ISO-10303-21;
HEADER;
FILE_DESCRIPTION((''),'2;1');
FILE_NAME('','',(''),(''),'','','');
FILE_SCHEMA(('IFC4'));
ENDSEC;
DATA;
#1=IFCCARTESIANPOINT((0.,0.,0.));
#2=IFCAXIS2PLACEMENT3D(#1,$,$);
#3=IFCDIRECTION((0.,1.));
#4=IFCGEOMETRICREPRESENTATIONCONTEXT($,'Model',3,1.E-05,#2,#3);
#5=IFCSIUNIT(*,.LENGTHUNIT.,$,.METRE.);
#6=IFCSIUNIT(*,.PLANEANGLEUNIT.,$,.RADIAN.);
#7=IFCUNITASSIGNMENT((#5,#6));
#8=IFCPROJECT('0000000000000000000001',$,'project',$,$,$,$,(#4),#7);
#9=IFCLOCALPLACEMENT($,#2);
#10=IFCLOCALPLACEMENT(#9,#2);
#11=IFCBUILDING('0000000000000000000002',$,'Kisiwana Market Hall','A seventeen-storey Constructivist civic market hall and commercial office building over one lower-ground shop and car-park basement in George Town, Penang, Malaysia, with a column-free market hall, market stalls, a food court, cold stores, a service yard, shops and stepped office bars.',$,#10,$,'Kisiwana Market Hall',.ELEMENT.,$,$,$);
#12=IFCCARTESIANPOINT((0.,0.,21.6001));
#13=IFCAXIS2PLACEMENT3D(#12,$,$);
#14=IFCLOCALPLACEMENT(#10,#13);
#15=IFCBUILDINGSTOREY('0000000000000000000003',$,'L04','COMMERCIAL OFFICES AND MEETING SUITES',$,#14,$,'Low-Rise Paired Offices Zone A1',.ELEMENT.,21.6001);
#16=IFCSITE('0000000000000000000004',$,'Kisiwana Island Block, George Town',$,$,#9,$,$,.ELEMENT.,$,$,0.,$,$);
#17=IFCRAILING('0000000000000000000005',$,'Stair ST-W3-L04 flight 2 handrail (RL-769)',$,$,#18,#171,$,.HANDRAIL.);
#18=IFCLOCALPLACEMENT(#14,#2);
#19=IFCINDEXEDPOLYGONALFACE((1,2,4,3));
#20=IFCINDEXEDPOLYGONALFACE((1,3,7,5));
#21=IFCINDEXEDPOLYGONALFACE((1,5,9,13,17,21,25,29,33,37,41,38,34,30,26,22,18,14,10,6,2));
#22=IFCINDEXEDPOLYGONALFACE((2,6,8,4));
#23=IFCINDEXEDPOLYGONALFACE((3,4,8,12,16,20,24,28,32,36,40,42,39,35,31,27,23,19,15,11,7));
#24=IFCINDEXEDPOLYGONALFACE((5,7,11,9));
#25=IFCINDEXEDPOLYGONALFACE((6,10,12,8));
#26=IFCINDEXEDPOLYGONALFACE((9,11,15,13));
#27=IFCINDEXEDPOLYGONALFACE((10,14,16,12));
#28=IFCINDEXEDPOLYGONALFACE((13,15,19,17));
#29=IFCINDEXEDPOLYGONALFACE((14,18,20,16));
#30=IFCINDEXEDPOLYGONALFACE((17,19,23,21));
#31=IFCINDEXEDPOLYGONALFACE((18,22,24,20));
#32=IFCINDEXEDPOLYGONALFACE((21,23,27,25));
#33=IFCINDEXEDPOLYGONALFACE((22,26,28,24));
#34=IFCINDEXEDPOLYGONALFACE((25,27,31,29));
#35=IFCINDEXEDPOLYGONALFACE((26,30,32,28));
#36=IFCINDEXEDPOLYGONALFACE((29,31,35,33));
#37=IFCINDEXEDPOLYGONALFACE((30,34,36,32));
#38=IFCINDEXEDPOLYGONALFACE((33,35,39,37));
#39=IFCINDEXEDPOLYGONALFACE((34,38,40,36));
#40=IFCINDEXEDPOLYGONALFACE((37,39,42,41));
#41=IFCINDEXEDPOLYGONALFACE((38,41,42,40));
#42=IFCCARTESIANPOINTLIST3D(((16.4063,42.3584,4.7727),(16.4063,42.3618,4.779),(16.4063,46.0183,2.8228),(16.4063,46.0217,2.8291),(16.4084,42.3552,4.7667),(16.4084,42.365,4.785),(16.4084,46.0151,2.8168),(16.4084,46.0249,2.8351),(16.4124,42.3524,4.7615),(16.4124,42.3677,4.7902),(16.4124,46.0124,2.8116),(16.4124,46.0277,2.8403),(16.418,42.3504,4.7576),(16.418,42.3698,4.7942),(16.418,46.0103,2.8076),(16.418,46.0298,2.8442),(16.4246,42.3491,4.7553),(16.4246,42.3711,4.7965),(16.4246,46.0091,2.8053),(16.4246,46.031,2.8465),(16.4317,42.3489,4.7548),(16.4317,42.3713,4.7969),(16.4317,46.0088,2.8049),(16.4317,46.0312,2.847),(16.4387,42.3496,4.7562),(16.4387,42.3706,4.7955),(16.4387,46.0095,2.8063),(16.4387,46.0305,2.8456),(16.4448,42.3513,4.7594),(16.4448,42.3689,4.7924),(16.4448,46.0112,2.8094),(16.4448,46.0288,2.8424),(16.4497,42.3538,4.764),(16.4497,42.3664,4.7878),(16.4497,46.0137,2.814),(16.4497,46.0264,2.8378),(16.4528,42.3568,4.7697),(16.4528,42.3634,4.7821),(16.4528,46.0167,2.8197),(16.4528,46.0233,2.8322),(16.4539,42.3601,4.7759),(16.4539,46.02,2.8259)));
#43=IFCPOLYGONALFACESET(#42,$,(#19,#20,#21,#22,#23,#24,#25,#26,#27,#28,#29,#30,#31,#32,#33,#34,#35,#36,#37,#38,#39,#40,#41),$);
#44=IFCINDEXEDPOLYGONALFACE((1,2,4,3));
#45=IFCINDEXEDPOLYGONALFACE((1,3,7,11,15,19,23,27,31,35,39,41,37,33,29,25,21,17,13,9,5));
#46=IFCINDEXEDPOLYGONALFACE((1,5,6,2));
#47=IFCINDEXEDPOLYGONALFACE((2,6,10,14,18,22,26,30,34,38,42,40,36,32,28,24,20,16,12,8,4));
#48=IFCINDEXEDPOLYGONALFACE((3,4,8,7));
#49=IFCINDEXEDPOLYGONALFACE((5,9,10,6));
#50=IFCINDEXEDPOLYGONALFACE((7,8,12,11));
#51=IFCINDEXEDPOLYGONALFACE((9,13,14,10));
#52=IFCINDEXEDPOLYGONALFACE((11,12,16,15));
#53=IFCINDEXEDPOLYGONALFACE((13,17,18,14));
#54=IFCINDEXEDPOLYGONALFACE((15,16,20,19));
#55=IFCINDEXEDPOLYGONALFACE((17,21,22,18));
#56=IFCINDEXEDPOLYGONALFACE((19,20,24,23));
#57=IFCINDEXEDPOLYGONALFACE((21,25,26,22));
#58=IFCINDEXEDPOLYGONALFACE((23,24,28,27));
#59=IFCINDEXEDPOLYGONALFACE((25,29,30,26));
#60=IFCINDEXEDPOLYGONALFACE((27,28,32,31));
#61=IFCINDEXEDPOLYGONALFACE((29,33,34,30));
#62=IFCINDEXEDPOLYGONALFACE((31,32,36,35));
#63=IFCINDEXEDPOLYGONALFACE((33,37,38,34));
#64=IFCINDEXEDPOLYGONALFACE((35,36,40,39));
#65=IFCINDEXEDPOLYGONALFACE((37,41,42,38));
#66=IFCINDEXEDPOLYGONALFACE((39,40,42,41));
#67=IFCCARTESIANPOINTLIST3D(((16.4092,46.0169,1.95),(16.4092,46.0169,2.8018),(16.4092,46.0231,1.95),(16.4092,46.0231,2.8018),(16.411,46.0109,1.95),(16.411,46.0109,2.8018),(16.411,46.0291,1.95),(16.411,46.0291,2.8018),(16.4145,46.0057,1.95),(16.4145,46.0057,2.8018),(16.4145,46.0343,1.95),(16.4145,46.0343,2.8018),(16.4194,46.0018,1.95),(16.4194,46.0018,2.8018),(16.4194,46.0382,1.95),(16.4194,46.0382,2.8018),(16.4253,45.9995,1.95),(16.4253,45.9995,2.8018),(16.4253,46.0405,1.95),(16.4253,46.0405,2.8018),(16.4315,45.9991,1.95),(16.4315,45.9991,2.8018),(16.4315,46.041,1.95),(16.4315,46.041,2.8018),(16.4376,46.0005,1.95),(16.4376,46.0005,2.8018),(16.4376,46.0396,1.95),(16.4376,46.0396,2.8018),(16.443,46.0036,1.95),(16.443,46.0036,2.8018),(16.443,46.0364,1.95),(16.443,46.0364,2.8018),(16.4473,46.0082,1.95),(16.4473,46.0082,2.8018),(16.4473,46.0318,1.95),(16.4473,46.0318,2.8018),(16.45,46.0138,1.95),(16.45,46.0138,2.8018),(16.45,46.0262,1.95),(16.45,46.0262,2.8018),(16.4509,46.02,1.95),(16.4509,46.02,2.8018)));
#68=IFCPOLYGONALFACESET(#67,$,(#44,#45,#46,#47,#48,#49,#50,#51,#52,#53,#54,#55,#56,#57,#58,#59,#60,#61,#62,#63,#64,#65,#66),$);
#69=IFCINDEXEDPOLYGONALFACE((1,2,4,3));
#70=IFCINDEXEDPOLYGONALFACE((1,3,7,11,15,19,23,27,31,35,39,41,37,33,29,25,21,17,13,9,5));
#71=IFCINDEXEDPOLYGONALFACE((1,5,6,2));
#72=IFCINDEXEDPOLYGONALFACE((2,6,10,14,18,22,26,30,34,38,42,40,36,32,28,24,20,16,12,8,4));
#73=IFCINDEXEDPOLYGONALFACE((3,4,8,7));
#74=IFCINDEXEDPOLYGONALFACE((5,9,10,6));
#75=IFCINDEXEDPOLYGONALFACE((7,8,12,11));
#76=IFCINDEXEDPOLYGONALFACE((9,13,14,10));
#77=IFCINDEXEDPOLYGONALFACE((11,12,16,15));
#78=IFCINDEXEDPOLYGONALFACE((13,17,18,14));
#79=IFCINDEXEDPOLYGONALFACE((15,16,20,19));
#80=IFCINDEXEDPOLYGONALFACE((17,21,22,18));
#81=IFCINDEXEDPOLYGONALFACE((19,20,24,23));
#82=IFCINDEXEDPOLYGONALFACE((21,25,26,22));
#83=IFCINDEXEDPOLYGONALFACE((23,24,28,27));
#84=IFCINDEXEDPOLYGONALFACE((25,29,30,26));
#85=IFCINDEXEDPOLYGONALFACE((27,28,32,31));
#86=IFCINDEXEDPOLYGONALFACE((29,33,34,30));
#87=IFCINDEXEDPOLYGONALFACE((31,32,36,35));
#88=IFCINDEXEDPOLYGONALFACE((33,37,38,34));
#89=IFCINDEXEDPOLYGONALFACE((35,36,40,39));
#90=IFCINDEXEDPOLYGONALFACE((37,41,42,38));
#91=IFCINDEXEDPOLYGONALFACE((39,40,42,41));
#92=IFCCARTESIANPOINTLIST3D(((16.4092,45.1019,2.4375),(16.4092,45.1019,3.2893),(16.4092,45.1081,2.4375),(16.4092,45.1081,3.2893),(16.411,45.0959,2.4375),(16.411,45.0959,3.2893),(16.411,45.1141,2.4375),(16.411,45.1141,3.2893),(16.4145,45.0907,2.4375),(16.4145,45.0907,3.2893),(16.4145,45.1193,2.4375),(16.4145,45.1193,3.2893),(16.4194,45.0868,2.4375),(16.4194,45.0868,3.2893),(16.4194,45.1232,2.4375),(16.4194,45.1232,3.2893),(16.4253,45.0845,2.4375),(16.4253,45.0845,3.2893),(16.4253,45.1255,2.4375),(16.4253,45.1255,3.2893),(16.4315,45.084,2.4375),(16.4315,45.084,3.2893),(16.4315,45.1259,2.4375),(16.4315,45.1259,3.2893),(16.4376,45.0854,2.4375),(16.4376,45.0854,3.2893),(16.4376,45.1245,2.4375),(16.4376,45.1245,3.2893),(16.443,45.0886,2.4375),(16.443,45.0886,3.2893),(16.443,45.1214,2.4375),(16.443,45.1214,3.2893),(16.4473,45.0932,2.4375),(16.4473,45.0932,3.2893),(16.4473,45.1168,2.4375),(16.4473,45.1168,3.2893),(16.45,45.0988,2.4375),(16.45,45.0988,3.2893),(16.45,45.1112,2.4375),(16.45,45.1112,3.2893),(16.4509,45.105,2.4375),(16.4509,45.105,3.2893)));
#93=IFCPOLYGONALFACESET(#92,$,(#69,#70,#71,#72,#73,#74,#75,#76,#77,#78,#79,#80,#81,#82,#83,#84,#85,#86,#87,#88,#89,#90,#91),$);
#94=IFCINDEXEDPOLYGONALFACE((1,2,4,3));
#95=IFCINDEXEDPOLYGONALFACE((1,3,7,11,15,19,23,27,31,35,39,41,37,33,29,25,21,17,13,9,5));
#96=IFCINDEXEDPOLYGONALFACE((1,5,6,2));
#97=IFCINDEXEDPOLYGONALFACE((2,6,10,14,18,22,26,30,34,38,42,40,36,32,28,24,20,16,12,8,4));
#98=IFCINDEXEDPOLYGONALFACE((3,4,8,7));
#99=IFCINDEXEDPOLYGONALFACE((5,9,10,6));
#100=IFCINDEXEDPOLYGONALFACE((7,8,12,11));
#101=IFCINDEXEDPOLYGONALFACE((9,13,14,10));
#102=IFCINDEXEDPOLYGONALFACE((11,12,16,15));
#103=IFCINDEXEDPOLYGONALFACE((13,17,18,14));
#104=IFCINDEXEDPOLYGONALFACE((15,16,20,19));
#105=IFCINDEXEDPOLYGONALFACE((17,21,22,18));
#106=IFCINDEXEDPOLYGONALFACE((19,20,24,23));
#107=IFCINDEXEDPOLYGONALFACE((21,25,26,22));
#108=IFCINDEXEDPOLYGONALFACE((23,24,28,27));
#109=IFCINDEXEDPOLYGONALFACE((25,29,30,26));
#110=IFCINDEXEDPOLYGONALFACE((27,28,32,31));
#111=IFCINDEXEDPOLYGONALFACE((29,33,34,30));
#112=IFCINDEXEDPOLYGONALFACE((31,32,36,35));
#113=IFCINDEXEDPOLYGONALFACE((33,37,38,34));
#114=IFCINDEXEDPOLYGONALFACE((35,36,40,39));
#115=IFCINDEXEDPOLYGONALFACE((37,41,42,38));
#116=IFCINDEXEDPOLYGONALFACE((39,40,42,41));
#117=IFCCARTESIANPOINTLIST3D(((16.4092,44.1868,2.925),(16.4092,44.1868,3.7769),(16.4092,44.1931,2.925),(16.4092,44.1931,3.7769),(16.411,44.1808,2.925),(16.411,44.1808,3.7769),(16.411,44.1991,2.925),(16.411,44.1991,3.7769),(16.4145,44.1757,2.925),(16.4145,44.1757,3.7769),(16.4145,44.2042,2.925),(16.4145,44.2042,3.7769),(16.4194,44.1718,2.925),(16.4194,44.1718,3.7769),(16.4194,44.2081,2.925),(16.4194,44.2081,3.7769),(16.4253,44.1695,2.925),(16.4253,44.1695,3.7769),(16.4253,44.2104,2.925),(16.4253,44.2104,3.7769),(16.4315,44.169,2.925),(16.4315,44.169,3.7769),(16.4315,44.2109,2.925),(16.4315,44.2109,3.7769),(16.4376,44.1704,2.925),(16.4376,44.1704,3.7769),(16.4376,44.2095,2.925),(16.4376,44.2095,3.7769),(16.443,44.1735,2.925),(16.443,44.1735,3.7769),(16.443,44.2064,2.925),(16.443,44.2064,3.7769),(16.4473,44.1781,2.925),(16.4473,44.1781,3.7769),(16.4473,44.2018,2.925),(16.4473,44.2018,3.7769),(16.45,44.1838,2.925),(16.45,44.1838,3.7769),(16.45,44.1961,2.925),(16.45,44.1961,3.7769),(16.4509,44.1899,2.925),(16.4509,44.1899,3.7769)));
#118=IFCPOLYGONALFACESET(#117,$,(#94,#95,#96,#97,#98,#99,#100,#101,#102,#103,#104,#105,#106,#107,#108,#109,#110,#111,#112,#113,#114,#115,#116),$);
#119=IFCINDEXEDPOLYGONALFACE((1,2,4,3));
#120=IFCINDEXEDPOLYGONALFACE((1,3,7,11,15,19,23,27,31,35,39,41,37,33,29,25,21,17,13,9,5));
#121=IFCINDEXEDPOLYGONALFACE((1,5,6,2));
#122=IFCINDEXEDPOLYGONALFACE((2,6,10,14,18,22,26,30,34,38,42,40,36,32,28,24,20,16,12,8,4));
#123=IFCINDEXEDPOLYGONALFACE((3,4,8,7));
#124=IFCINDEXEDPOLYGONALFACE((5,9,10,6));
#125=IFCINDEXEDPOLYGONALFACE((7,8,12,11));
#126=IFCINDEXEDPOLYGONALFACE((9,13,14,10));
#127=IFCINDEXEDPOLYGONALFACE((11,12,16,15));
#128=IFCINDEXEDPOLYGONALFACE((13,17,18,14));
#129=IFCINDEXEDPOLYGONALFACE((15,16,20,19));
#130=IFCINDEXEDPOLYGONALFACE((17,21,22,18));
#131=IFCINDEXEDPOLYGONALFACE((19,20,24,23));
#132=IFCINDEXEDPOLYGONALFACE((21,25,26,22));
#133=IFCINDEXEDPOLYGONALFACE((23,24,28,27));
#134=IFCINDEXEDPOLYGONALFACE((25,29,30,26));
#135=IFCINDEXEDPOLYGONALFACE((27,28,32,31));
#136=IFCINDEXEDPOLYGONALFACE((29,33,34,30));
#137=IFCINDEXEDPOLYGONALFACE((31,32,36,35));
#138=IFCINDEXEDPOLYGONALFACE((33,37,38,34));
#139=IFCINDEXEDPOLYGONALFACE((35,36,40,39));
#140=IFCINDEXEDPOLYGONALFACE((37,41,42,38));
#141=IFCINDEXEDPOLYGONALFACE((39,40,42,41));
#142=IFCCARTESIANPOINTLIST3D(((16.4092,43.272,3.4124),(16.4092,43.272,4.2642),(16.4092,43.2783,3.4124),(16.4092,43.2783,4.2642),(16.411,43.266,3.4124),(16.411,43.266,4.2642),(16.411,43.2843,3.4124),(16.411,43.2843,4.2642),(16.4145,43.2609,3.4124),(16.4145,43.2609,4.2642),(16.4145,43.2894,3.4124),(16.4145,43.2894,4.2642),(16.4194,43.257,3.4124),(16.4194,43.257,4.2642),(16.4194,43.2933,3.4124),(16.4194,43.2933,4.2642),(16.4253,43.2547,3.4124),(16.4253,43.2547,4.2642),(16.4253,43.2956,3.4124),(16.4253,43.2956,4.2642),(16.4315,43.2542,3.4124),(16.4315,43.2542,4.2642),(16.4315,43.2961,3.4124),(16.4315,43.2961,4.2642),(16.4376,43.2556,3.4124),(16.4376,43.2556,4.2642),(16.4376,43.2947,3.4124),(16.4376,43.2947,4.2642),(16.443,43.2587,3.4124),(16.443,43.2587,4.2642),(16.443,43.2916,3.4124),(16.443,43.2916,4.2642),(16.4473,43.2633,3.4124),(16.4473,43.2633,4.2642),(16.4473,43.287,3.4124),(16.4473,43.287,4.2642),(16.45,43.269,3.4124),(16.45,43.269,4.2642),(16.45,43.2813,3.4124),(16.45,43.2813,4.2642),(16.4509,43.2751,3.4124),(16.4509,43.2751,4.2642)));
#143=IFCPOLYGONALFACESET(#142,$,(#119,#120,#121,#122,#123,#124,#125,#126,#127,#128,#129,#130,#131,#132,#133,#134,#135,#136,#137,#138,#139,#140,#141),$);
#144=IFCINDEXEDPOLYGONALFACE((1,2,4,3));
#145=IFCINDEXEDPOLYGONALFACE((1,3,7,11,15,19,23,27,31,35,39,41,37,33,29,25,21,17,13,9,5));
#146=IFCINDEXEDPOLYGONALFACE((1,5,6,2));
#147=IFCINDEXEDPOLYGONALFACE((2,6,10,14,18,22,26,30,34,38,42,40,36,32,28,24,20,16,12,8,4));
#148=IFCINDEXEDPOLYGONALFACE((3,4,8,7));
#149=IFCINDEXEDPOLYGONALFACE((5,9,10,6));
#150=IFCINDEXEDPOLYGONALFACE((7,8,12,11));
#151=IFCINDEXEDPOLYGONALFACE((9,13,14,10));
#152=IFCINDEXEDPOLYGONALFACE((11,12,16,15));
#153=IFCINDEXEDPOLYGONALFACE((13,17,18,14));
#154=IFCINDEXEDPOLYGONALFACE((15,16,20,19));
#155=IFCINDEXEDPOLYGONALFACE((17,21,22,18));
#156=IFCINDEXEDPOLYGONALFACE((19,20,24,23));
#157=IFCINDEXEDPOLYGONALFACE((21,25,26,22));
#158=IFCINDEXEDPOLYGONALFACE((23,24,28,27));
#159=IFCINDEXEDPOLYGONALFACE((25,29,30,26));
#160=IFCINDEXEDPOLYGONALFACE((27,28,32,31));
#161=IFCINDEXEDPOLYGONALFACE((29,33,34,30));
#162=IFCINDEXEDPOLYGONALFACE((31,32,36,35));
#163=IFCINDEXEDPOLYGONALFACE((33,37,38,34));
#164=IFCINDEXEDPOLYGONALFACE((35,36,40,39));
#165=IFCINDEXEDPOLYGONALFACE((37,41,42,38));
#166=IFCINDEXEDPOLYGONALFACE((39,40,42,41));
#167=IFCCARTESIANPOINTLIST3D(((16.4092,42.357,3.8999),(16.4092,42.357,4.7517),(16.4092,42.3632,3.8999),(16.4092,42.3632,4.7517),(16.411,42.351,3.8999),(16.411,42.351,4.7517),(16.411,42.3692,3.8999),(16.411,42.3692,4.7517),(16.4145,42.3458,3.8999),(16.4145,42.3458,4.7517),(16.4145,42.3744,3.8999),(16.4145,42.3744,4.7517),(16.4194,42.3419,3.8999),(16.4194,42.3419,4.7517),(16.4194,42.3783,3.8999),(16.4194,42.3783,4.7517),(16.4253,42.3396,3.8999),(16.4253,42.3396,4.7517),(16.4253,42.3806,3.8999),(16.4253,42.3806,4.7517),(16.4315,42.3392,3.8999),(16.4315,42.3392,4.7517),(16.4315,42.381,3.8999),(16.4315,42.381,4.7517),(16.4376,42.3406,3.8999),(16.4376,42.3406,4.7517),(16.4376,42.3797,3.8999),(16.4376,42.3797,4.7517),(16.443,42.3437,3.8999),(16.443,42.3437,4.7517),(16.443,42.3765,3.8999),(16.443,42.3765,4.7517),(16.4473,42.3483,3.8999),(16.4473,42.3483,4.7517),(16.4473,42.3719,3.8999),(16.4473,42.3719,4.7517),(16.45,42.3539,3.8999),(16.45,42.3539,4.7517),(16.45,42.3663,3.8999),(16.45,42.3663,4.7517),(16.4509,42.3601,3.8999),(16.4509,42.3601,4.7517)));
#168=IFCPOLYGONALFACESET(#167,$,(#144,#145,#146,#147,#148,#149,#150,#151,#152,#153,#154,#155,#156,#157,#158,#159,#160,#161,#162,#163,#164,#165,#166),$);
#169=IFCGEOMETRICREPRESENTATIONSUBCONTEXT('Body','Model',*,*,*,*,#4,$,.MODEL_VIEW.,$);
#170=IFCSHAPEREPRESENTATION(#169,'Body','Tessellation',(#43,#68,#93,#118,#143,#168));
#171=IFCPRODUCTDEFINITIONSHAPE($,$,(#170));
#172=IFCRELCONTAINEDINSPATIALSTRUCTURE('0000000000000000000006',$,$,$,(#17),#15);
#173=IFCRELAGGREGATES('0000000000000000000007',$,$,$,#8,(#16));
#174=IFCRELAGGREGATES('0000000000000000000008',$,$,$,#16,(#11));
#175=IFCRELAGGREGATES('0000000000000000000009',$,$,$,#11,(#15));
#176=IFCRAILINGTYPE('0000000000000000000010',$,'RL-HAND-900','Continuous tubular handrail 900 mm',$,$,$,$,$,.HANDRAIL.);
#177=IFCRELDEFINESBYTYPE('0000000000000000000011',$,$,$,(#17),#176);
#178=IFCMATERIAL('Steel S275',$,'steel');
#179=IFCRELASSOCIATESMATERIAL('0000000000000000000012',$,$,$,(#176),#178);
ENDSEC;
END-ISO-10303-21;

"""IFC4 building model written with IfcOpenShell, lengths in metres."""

from ifc_helpers import new_model, si_unit, direction, frame, origin, origin_2d, place, context, subcontext, project, spatial, circle, extrude, material, type_object, element, save


model = new_model("IFC4")

# Units and contexts
model_context = context("Model", 3, precision=1e-05, world=origin(), true_north=direction((0.0, 1.0)))
body_context = subcontext(model_context, "Body", "Model", "MODEL_VIEW")
ifc_project = project(units=[si_unit("LENGTHUNIT", "METRE"), si_unit("PLANEANGLEUNIT", "RADIAN")], contexts=[model_context])

# Site, building, storey
site_placement = place(None, origin())
site = spatial("IfcSite", under=ifc_project, at=site_placement, Name="Kisiwana Island Block, George Town", CompositionType="ELEMENT", RefElevation=0.0)
building_placement = place(site_placement, origin())
building = spatial("IfcBuilding", under=site, at=building_placement, Name="Kisiwana Market Hall", Description="A seventeen-storey Constructivist civic market hall and commercial office building over one lower-ground shop and car-park basement in George Town, Penang, Malaysia, with a column-free market hall, market stalls, a food court, cold stores, a service yard, shops and stepped office bars.", LongName="Kisiwana Market Hall", CompositionType="ELEMENT")
storey_placement = place(building_placement, frame((0.0, 0.0, 21.6001)))
storey = spatial("IfcBuildingStorey", under=building, at=storey_placement, Name="L04", Description="COMMERCIAL OFFICES AND MEETING SUITES", LongName="Low-Rise Paired Offices Zone A1", CompositionType="ELEMENT", Elevation=21.6001)

# Railing
ifc_material_1 = material(Name="Steel S275", Category="steel")
railing_type_1 = type_object("IfcRailingType", Name="RL-HAND-900", Description="Continuous tubular handrail 900 mm", PredefinedType="HANDRAIL", material=ifc_material_1)
for number, where, name in (
    (1, (16.4299, 46.02, 1.95), "Stair ST-W3-L04 flight 2 handrail (RL-769)"),
):
    element("IfcRailing", number, at=place(storey_placement, frame(where)), inside=storey, type_object=railing_type_1, Name=name, PredefinedType="HANDRAIL", context=body_context, shape_type="SweptSolid", body=[
        extrude(circle(Radius=0.0239, at=origin_2d()), frame((0.0, 0.0, 0.876), z_axis=(0.0, -0.882553, 0.470212), x_axis=(1.0, 0.0, 0.0)), (0.0, 0.0, 1.0), 4.147),
        extrude(circle(Radius=0.021, at=origin_2d()), origin(), (0.0, 0.0, 1.0), 0.8518),
        extrude(circle(Radius=0.021, at=origin_2d()), frame((0.0, -0.915, 0.4875)), (0.0, 0.0, 1.0), 0.8518),
        extrude(circle(Radius=0.021, at=origin_2d()), frame((0.0, -1.8301, 0.9751)), (0.0, 0.0, 1.0), 0.8518),
        extrude(circle(Radius=0.021, at=origin_2d()), frame((0.0, -2.7449, 1.4624)), (0.0, 0.0, 1.0), 0.8518),
        extrude(circle(Radius=0.021, at=origin_2d()), frame((0.0, -3.6599, 1.95)), (0.0, 0.0, 1.0), 0.8518),
    ])

save(model, "model.ifc")
